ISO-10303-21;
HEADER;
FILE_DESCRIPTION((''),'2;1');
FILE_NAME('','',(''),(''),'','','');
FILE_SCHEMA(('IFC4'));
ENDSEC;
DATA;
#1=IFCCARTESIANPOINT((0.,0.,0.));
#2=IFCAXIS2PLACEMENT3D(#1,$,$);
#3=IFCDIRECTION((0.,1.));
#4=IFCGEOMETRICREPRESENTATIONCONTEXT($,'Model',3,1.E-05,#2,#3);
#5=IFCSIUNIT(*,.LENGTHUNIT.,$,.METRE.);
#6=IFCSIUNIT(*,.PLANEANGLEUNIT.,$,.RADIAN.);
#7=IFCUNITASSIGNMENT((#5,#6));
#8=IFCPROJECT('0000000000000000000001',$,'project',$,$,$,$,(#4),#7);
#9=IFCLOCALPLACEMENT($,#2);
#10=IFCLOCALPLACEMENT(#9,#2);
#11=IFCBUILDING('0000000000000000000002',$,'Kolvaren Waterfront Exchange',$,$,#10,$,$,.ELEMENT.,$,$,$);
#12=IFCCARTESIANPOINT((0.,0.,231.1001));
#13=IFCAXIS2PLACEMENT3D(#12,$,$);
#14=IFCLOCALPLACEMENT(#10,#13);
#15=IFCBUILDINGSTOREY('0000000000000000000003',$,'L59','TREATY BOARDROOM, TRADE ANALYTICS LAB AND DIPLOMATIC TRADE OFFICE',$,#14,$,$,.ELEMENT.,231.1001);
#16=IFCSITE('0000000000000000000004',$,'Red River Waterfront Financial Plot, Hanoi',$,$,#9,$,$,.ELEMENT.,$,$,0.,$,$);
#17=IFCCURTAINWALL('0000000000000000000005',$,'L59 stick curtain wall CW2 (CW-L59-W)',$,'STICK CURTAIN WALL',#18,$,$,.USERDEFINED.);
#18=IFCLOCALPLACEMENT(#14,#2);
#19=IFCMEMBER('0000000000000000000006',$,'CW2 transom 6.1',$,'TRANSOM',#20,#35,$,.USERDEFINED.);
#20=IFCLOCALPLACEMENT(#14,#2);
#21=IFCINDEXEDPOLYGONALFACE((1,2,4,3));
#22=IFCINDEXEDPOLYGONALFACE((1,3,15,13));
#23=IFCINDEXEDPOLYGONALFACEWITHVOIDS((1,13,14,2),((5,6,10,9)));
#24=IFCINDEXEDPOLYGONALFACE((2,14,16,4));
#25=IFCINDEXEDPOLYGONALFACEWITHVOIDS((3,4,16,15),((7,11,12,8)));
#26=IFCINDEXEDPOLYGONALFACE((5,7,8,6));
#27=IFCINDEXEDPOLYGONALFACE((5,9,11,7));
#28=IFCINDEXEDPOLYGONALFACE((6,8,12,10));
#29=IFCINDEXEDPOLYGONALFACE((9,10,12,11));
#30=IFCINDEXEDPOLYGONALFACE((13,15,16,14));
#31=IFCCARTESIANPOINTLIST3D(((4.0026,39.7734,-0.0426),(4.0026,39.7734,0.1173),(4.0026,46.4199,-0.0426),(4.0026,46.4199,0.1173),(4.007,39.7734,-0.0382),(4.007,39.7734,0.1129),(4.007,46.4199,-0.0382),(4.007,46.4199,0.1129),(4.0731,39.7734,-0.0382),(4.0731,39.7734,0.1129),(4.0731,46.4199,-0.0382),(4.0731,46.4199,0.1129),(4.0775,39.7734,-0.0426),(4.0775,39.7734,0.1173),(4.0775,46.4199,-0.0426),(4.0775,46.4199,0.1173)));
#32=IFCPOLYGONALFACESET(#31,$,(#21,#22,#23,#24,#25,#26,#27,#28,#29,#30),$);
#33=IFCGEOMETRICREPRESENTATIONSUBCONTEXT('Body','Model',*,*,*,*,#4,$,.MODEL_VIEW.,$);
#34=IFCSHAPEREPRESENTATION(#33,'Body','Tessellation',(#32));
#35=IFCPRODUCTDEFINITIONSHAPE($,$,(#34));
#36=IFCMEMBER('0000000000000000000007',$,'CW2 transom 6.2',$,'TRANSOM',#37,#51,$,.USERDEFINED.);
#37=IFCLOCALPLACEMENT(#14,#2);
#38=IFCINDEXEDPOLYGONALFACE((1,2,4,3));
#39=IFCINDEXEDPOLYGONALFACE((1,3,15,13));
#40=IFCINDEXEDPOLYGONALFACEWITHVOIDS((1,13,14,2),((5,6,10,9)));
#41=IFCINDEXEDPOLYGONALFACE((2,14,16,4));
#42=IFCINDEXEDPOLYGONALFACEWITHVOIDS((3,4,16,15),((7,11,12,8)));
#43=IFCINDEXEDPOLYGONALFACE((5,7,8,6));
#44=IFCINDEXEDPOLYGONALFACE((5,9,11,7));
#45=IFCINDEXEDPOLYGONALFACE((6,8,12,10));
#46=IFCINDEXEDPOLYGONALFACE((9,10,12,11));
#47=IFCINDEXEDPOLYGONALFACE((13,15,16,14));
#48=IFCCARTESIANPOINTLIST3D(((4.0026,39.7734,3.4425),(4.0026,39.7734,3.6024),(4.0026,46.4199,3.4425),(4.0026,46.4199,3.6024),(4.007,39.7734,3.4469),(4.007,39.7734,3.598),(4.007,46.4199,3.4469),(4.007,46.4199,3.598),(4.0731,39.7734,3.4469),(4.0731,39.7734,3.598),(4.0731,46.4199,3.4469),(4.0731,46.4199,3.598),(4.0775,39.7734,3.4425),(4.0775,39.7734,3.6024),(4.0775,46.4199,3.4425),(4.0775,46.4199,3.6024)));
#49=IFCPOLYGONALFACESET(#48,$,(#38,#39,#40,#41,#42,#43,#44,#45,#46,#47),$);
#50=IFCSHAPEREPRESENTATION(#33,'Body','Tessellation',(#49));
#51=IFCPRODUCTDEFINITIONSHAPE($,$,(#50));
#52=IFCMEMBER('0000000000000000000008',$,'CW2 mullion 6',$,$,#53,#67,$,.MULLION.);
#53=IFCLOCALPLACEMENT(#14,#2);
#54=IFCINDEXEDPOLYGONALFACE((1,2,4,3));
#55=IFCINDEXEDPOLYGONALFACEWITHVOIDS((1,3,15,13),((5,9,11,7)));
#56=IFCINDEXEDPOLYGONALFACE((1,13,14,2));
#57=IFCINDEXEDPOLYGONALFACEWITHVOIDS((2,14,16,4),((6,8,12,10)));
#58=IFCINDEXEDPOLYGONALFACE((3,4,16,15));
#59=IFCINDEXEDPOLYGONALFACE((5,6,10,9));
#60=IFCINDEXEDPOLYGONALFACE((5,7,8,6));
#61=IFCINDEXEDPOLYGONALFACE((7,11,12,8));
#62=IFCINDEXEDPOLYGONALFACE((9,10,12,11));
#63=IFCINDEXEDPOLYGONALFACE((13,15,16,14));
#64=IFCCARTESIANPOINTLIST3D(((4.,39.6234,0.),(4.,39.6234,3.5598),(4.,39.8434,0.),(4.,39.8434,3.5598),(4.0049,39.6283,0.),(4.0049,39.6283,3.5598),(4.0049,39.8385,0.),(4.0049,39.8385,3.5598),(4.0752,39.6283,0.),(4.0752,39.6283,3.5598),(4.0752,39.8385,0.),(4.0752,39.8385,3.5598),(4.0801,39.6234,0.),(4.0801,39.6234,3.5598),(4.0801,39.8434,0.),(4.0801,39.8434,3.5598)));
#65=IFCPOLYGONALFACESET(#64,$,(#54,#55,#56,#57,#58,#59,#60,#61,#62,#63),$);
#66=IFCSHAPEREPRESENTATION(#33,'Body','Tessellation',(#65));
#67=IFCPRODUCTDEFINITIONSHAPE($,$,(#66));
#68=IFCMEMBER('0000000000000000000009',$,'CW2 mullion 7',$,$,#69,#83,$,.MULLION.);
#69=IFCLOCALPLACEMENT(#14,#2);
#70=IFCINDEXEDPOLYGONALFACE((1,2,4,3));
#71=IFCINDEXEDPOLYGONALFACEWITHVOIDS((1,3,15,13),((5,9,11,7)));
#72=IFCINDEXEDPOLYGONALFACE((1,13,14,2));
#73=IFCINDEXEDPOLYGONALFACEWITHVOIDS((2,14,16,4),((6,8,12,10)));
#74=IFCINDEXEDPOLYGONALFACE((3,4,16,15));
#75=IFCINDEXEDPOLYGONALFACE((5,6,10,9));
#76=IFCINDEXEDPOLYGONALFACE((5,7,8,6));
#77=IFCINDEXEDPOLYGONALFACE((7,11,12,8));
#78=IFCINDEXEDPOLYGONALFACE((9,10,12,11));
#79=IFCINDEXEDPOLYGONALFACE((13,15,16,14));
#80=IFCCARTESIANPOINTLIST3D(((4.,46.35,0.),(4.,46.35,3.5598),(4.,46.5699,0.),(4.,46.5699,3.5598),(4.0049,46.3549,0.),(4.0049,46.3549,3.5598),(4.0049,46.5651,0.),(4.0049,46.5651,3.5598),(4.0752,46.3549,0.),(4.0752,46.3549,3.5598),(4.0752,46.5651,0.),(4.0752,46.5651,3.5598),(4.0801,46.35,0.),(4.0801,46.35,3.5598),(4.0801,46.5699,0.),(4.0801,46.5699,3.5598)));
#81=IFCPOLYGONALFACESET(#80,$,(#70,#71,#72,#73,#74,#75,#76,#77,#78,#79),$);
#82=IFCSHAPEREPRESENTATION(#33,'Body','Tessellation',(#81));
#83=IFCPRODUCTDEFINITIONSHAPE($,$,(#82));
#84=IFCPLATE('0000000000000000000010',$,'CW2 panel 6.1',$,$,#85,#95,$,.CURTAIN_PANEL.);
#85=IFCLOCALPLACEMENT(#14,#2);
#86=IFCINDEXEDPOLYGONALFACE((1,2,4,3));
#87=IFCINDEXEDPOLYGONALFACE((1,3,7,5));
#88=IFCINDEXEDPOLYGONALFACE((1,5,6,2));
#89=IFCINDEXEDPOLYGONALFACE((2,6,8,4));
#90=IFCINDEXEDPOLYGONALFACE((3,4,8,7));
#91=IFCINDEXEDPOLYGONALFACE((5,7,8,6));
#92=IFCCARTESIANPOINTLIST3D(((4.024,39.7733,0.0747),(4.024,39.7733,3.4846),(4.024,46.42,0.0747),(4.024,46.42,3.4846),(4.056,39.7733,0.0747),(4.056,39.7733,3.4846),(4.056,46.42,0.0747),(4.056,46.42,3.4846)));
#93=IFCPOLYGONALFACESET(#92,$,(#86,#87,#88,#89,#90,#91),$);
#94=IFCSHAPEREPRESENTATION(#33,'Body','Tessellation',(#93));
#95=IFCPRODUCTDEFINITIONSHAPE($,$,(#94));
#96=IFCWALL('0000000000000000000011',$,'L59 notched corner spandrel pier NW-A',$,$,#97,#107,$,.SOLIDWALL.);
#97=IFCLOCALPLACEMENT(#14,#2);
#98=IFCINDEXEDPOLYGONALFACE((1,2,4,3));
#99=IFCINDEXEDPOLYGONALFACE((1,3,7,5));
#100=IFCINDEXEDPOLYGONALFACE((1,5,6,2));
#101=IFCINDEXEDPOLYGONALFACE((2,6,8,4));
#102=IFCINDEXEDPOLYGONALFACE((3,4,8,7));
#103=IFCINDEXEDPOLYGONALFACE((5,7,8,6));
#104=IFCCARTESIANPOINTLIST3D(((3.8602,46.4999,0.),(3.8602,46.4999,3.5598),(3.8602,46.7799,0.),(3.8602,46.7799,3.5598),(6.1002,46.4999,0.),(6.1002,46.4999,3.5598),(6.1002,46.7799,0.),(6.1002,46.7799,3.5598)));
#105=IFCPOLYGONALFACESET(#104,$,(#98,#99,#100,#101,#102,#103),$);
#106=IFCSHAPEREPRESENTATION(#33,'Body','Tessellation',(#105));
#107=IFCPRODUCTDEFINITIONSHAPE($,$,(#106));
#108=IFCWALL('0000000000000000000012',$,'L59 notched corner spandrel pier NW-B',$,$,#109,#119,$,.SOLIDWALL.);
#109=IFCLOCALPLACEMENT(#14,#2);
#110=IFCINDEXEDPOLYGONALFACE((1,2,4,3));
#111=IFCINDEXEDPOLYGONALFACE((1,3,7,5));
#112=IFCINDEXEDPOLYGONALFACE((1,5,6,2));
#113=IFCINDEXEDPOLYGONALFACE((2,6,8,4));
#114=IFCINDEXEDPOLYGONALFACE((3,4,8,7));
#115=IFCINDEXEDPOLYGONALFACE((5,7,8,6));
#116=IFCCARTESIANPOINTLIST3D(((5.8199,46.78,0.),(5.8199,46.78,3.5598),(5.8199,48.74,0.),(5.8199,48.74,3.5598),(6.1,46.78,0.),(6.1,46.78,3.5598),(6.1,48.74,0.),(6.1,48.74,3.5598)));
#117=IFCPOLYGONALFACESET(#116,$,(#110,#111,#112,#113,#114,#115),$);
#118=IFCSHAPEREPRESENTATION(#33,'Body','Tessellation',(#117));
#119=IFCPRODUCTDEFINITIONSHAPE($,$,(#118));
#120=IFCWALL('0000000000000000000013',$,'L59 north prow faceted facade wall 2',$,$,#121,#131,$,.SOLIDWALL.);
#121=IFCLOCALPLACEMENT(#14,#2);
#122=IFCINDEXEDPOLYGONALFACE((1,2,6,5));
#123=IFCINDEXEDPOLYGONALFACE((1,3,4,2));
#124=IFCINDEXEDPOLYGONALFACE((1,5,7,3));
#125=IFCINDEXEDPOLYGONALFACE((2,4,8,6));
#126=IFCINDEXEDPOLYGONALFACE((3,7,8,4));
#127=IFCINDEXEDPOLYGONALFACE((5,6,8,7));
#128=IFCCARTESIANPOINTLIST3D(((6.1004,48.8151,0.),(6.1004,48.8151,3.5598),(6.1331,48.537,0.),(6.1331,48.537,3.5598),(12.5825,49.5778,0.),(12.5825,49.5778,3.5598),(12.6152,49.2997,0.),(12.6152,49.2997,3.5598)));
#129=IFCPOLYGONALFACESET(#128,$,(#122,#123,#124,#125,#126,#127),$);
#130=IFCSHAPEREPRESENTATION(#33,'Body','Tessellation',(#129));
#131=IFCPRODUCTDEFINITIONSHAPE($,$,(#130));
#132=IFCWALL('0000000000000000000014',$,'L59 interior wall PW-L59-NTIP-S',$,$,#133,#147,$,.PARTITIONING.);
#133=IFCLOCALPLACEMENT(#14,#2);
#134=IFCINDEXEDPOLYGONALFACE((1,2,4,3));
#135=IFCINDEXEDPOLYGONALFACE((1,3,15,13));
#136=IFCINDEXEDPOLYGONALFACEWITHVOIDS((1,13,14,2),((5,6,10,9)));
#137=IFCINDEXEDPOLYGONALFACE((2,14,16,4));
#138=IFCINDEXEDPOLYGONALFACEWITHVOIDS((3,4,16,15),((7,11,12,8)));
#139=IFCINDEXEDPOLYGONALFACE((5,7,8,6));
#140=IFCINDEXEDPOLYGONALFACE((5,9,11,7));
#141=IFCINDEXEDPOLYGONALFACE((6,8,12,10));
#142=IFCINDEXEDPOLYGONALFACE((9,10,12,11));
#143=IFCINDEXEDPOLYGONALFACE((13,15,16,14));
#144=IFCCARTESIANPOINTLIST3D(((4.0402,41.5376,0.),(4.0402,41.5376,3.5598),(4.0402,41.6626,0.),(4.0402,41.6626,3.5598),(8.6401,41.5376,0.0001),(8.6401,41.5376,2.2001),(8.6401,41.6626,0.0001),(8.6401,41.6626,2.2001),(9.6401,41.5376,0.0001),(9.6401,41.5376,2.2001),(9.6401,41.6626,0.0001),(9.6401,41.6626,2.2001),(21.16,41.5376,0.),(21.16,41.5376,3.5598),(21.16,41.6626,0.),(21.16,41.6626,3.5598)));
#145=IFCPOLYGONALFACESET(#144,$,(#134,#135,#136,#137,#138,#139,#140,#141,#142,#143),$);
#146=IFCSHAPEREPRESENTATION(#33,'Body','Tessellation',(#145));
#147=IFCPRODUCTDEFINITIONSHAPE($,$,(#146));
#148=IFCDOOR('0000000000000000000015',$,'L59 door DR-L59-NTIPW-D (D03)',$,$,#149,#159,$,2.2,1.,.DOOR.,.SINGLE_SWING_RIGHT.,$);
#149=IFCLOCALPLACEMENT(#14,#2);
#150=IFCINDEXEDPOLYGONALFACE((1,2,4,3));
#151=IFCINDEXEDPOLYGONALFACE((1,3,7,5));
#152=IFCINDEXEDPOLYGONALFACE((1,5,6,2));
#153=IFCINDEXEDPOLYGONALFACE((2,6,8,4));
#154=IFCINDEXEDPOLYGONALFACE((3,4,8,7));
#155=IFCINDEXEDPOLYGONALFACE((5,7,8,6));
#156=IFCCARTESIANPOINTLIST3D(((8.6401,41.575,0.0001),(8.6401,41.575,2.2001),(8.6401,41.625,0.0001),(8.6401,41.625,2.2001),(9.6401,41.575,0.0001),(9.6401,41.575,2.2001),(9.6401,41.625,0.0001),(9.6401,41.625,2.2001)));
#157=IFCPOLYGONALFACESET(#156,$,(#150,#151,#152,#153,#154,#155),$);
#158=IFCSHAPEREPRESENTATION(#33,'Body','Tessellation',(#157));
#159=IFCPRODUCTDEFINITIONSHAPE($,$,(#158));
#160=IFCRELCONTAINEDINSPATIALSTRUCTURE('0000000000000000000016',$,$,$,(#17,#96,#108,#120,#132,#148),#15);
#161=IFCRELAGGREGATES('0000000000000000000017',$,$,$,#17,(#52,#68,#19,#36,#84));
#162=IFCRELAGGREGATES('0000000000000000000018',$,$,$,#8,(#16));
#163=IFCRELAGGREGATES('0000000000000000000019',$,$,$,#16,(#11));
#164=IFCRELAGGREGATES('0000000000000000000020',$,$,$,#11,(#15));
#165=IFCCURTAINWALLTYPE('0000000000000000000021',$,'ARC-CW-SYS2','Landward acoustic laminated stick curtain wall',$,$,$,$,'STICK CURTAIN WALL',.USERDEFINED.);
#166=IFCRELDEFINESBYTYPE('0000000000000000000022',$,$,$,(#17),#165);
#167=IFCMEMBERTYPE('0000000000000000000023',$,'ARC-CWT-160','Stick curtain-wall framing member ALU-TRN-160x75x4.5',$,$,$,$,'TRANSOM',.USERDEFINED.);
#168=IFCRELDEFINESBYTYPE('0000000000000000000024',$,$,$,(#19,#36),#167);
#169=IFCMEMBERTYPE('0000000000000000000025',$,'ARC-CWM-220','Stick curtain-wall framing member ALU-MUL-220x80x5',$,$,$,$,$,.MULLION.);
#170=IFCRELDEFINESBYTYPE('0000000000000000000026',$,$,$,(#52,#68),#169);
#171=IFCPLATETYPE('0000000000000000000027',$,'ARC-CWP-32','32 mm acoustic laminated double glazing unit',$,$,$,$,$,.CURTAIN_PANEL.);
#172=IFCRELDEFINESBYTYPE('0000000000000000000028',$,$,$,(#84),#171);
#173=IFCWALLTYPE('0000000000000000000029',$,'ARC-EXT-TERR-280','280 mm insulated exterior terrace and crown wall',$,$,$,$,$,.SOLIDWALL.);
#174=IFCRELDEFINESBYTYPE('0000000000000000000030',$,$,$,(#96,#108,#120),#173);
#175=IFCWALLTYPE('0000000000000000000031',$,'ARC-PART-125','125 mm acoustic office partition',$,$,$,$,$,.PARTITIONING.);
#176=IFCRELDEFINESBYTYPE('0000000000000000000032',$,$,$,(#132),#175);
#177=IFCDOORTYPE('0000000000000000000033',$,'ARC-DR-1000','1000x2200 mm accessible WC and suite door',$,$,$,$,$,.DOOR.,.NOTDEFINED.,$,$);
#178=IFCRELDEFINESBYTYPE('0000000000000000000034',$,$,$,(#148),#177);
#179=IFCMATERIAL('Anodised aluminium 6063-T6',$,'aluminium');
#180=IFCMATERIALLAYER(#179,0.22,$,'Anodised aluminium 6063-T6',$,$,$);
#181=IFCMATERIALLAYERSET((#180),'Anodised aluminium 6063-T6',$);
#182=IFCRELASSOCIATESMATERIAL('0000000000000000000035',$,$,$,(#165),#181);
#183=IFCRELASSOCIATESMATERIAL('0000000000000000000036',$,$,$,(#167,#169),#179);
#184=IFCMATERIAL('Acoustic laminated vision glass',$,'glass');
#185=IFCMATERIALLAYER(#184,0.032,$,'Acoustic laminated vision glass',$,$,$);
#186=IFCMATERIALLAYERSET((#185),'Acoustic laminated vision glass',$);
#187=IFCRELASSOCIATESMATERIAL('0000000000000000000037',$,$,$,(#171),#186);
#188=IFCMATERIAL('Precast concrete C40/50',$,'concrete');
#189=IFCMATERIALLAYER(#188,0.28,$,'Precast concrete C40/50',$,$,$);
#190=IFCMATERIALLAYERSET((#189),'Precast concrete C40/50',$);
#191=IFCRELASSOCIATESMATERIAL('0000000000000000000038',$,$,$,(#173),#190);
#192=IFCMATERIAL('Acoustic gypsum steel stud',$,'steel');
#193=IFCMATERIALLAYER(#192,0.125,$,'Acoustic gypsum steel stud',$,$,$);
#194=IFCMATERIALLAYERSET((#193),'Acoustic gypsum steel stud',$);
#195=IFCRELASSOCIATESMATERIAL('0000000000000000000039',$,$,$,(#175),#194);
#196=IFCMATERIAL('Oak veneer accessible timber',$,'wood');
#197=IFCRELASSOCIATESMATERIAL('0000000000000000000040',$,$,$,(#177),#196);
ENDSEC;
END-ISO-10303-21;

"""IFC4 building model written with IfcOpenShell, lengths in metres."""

from ifc_helpers import new_model, si_unit, direction, frame, frame_2d, origin, origin_with_axes, origin_2d, place, context, subcontext, project, spatial, rectangle, hollow_rectangle, extrude, source, transform, mapped, material, layer, layer_set, material_profile, profile_set, type_object, element, fill, aggregate, save


model = new_model("IFC4")

# Units and contexts
model_context = context("Model", 3, precision=1e-05, world=origin(), true_north=direction((0.0, 1.0)))
body_context = subcontext(model_context, "Body", "Model", "MODEL_VIEW")
ifc_project = project(units=[si_unit("LENGTHUNIT", "METRE"), si_unit("PLANEANGLEUNIT", "RADIAN")], contexts=[model_context])

# Site, building, storey
site_placement = place(None, origin())
site = spatial("IfcSite", under=ifc_project, at=site_placement, Name="Red River Waterfront Financial Plot, Hanoi", CompositionType="ELEMENT", RefElevation=0.0)
building_placement = place(site_placement, origin())
building = spatial("IfcBuilding", under=site, at=building_placement, Name="Kolvaren Waterfront Exchange", CompositionType="ELEMENT")
storey_placement = place(building_placement, frame((0.0, 0.0, 231.1001)))
storey = spatial("IfcBuildingStorey", under=building, at=storey_placement, Name="L59", Description="TREATY BOARDROOM, TRADE ANALYTICS LAB AND DIPLOMATIC TRADE OFFICE", CompositionType="ELEMENT", Elevation=231.1001)

# Curtain wall, members, plate
ifc_material_1 = material(Name="Anodised aluminium 6063-T6", Category="aluminium")
ifc_layer_1 = layer(ifc_material_1, 0.22, Name="Anodised aluminium 6063-T6")
ifc_layer_set_1 = layer_set([ifc_layer_1], Name="Anodised aluminium 6063-T6")
curtain_wall_type = type_object("IfcCurtainWallType", Name="ARC-CW-SYS2", Description="Landward acoustic laminated stick curtain wall", ElementType="STICK CURTAIN WALL", PredefinedType="USERDEFINED", material=ifc_layer_set_1)
curtain_wall_placement = place(storey_placement, origin())
curtain_wall = element("IfcCurtainWall", 1, at=curtain_wall_placement, inside=storey, type_object=curtain_wall_type, Name="L59 stick curtain wall CW2 (CW-L59-W)", ObjectType="STICK CURTAIN WALL", PredefinedType="USERDEFINED")
ifc_material_profile_1 = material_profile(ifc_material_1, hollow_rectangle(XDim=0.075, YDim=0.1599, WallThickness=0.0044, at=origin_2d()), Name="ALU-TRN-160x75x4.5")
ifc_profile_set_1 = profile_set([ifc_material_profile_1], Name="Anodised aluminium 6063-T6")
member_type_1 = type_object("IfcMemberType", Name="ARC-CWT-160", Description="Stick curtain-wall framing member ALU-TRN-160x75x4.5", ElementType="TRANSOM", PredefinedType="USERDEFINED", material=ifc_profile_set_1)
shared_shape_1 = source(origin_with_axes(), body_context, "Body", "SweptSolid", [
    extrude(hollow_rectangle(XDim=0.075, YDim=0.1599, WallThickness=0.0044, at=origin_2d()), origin(), (0.0, 0.0, 1.0), 6.6465),
])
member_1_placement = place(storey_placement, frame((4.04, 39.7734, 0.0374), z_axis=(0.0, 1.0, 0.0), x_axis=(-1.0, 0.0, 0.0)))
member_1 = element("IfcMember", 2, at=member_1_placement, type_object=member_type_1, Name="CW2 transom 6.1", ObjectType="TRANSOM", PredefinedType="USERDEFINED", context=body_context, shape_type="MappedRepresentation", body=[
    mapped(shared_shape_1, transform((0.0, 0.0, 0.0), x_axis=(1.0, 0.0, 0.0), y_axis=(0.0, 1.0, 0.0), z_axis=(0.0, 0.0, 1.0), scale=1.0)),
])
member_2_placement = place(storey_placement, frame((4.04, 39.7734, 3.5225), z_axis=(0.0, 1.0, 0.0), x_axis=(-1.0, 0.0, 0.0)))
member_2 = element("IfcMember", 3, at=member_2_placement, type_object=member_type_1, Name="CW2 transom 6.2", ObjectType="TRANSOM", PredefinedType="USERDEFINED", context=body_context, shape_type="MappedRepresentation", body=[
    mapped(shared_shape_1, transform((0.0, 0.0, 0.0), x_axis=(1.0, 0.0, 0.0), y_axis=(0.0, 1.0, 0.0), z_axis=(0.0, 0.0, 1.0), scale=1.0)),
])
ifc_material_profile_2 = material_profile(ifc_material_1, hollow_rectangle(XDim=0.0801, YDim=0.22, WallThickness=0.0049, at=origin_2d()), Name="ALU-MUL-220x80x5")
ifc_profile_set_2 = profile_set([ifc_material_profile_2], Name="Anodised aluminium 6063-T6")
member_type_2 = type_object("IfcMemberType", Name="ARC-CWM-220", Description="Stick curtain-wall framing member ALU-MUL-220x80x5", PredefinedType="MULLION", material=ifc_profile_set_2)
shared_shape_2 = source(origin_with_axes(), body_context, "Body", "SweptSolid", [
    extrude(hollow_rectangle(XDim=0.0801, YDim=0.22, WallThickness=0.0049, at=origin_2d()), origin(), (0.0, 0.0, 1.0), 3.5598),
])
member_3_placement = place(storey_placement, frame((4.04, 39.7334, 0.0), z_axis=(0.0, 0.0, 1.0), x_axis=(-1.0, 0.0, 0.0)))
member_3 = element("IfcMember", 4, at=member_3_placement, type_object=member_type_2, Name="CW2 mullion 6", PredefinedType="MULLION", context=body_context, shape_type="MappedRepresentation", body=[
    mapped(shared_shape_2, transform((0.0, 0.0, 0.0), x_axis=(1.0, 0.0, 0.0), y_axis=(0.0, 1.0, 0.0), z_axis=(0.0, 0.0, 1.0), scale=1.0)),
])
member_4_placement = place(storey_placement, frame((4.04, 46.46, 0.0), z_axis=(0.0, 0.0, 1.0), x_axis=(-1.0, 0.0, 0.0)))
member_4 = element("IfcMember", 5, at=member_4_placement, type_object=member_type_2, Name="CW2 mullion 7", PredefinedType="MULLION", context=body_context, shape_type="MappedRepresentation", body=[
    mapped(shared_shape_2, transform((0.0, 0.0, 0.0), x_axis=(1.0, 0.0, 0.0), y_axis=(0.0, 1.0, 0.0), z_axis=(0.0, 0.0, 1.0), scale=1.0)),
])
ifc_material_2 = material(Name="Acoustic laminated vision glass", Category="glass")
ifc_layer_2 = layer(ifc_material_2, 0.032, Name="Acoustic laminated vision glass")
ifc_layer_set_2 = layer_set([ifc_layer_2], Name="Acoustic laminated vision glass")
plate_type = type_object("IfcPlateType", Name="ARC-CWP-32", Description="32 mm acoustic laminated double glazing unit", PredefinedType="CURTAIN_PANEL", material=ifc_layer_set_2)
shared_shape_3 = source(origin_with_axes(), body_context, "Body", "SweptSolid", [
    extrude(rectangle(XDim=6.6467, YDim=0.032, at=origin_2d()), origin(), (0.0, 0.0, 1.0), 3.4099),
])
plate_placement = place(storey_placement, frame((4.04, 43.0967, 0.0747), z_axis=(0.0, 0.0, 1.0), x_axis=(0.0, 1.0, 0.0)))
plate = element("IfcPlate", 6, at=plate_placement, type_object=plate_type, Name="CW2 panel 6.1", PredefinedType="CURTAIN_PANEL", context=body_context, shape_type="MappedRepresentation", body=[
    mapped(shared_shape_3, transform((0.0, 0.0, 0.0), x_axis=(1.0, 0.0, 0.0), y_axis=(0.0, 1.0, 0.0), z_axis=(0.0, 0.0, 1.0), scale=1.0)),
])
aggregate(curtain_wall, [member_3, member_4, member_1, member_2, plate])

# Walls
ifc_material_3 = material(Name="Precast concrete C40/50", Category="concrete")
ifc_layer_3 = layer(ifc_material_3, 0.28, Name="Precast concrete C40/50")
ifc_layer_set_3 = layer_set([ifc_layer_3], Name="Precast concrete C40/50")
wall_type_1 = type_object("IfcWallType", Name="ARC-EXT-TERR-280", Description="280 mm insulated exterior terrace and crown wall", PredefinedType="SOLIDWALL", material=ifc_layer_set_3)
wall_1_placement = place(storey_placement, frame((3.8601, 46.6399, 0.0), z_axis=(0.0, 0.0, 1.0), x_axis=(1.0, 0.0, 0.0)))
element("IfcWall", 7, at=wall_1_placement, inside=storey, type_object=wall_type_1, Name="L59 notched corner spandrel pier NW-A", PredefinedType="SOLIDWALL", context=body_context, shape_type="SweptSolid", body=[
    extrude(rectangle(XDim=2.24, YDim=0.28, at=frame_2d((1.1201, 0.0))), origin(), (0.0, 0.0, 1.0), 3.5598),
])
wall_2_placement = place(storey_placement, frame((5.96, 46.78, 0.0), z_axis=(0.0, 0.0, 1.0), x_axis=(0.0, 1.0, 0.0)))
element("IfcWall", 8, at=wall_2_placement, inside=storey, type_object=wall_type_1, Name="L59 notched corner spandrel pier NW-B", PredefinedType="SOLIDWALL", context=body_context, shape_type="SweptSolid", body=[
    extrude(rectangle(XDim=1.96, YDim=0.28, at=frame_2d((0.98, 0.0))), origin(), (0.0, 0.0, 1.0), 3.5598),
])
wall_3_placement = place(storey_placement, frame((12.5989, 49.4387, 0.0), z_axis=(0.0, 0.0, 1.0), x_axis=(-0.993149, -0.116854, 0.0)))
element("IfcWall", 9, at=wall_3_placement, inside=storey, type_object=wall_type_1, Name="L59 north prow faceted facade wall 2", PredefinedType="SOLIDWALL", context=body_context, shape_type="SweptSolid", body=[
    extrude(rectangle(XDim=6.5269, YDim=0.28, at=frame_2d((3.2634, 0.0))), origin(), (0.0, 0.0, 1.0), 3.5598),
])

# Wall, opening, door
ifc_material_4 = material(Name="Acoustic gypsum steel stud", Category="steel")
ifc_layer_4 = layer(ifc_material_4, 0.125, Name="Acoustic gypsum steel stud")
ifc_layer_set_4 = layer_set([ifc_layer_4], Name="Acoustic gypsum steel stud")
wall_type_2 = type_object("IfcWallType", Name="ARC-PART-125", Description="125 mm acoustic office partition", PredefinedType="PARTITIONING", material=ifc_layer_set_4)
wall_4_placement = place(storey_placement, frame((4.04, 41.6001, 0.0), z_axis=(0.0, 0.0, 1.0), x_axis=(1.0, 0.0, 0.0)))
wall_4 = element("IfcWall", 10, at=wall_4_placement, inside=storey, type_object=wall_type_2, Name="L59 interior wall PW-L59-NTIP-S", PredefinedType="PARTITIONING", context=body_context, shape_type="SweptSolid", body=[
    extrude(rectangle(XDim=17.1199, YDim=0.125, at=frame_2d((8.5601, 0.0))), origin(), (0.0, 0.0, 1.0), 3.5598),
])
opening_1_placement = place(wall_4_placement, frame((4.6001, 0.0, 0.0)))
opening_1 = element("IfcOpeningElement", 11, at=opening_1_placement, cuts=wall_4, PredefinedType="OPENING", context=body_context, shape_type="SweptSolid", body=[
    extrude(rectangle(XDim=1.0, YDim=2.2, at=frame_2d((0.5, 1.1001))), frame((0.0, 0.0725, 0.0), z_axis=(0.0, -1.0, 0.0), x_axis=(1.0, 0.0, 0.0)), (0.0, 0.0, 1.0), 0.145),
])
ifc_material_5 = material(Name="Oak veneer accessible timber", Category="wood")
door_type_1 = type_object("IfcDoorType", Name="ARC-DR-1000", Description="1000x2200 mm accessible WC and suite door", OperationType="NOTDEFINED", PredefinedType="DOOR", material=ifc_material_5)
door_1_placement = place(opening_1_placement, origin())
door_1 = element("IfcDoor", 12, at=door_1_placement, inside=storey, type_object=door_type_1, Name="L59 door DR-L59-NTIPW-D (D03)", OperationType="SINGLE_SWING_RIGHT", OverallHeight=2.2, OverallWidth=1.0, PredefinedType="DOOR", context=body_context, shape_type="SweptSolid", body=[
    extrude(rectangle(XDim=1.0, YDim=2.2, at=frame_2d((0.5, 1.1001))), frame((0.0, 0.0249, 0.0), z_axis=(0.0, -1.0, 0.0), x_axis=(1.0, 0.0, 0.0)), (0.0, 0.0, 1.0), 0.05),
])
fill(opening_1, door_1)

save(model, "model.ifc")
